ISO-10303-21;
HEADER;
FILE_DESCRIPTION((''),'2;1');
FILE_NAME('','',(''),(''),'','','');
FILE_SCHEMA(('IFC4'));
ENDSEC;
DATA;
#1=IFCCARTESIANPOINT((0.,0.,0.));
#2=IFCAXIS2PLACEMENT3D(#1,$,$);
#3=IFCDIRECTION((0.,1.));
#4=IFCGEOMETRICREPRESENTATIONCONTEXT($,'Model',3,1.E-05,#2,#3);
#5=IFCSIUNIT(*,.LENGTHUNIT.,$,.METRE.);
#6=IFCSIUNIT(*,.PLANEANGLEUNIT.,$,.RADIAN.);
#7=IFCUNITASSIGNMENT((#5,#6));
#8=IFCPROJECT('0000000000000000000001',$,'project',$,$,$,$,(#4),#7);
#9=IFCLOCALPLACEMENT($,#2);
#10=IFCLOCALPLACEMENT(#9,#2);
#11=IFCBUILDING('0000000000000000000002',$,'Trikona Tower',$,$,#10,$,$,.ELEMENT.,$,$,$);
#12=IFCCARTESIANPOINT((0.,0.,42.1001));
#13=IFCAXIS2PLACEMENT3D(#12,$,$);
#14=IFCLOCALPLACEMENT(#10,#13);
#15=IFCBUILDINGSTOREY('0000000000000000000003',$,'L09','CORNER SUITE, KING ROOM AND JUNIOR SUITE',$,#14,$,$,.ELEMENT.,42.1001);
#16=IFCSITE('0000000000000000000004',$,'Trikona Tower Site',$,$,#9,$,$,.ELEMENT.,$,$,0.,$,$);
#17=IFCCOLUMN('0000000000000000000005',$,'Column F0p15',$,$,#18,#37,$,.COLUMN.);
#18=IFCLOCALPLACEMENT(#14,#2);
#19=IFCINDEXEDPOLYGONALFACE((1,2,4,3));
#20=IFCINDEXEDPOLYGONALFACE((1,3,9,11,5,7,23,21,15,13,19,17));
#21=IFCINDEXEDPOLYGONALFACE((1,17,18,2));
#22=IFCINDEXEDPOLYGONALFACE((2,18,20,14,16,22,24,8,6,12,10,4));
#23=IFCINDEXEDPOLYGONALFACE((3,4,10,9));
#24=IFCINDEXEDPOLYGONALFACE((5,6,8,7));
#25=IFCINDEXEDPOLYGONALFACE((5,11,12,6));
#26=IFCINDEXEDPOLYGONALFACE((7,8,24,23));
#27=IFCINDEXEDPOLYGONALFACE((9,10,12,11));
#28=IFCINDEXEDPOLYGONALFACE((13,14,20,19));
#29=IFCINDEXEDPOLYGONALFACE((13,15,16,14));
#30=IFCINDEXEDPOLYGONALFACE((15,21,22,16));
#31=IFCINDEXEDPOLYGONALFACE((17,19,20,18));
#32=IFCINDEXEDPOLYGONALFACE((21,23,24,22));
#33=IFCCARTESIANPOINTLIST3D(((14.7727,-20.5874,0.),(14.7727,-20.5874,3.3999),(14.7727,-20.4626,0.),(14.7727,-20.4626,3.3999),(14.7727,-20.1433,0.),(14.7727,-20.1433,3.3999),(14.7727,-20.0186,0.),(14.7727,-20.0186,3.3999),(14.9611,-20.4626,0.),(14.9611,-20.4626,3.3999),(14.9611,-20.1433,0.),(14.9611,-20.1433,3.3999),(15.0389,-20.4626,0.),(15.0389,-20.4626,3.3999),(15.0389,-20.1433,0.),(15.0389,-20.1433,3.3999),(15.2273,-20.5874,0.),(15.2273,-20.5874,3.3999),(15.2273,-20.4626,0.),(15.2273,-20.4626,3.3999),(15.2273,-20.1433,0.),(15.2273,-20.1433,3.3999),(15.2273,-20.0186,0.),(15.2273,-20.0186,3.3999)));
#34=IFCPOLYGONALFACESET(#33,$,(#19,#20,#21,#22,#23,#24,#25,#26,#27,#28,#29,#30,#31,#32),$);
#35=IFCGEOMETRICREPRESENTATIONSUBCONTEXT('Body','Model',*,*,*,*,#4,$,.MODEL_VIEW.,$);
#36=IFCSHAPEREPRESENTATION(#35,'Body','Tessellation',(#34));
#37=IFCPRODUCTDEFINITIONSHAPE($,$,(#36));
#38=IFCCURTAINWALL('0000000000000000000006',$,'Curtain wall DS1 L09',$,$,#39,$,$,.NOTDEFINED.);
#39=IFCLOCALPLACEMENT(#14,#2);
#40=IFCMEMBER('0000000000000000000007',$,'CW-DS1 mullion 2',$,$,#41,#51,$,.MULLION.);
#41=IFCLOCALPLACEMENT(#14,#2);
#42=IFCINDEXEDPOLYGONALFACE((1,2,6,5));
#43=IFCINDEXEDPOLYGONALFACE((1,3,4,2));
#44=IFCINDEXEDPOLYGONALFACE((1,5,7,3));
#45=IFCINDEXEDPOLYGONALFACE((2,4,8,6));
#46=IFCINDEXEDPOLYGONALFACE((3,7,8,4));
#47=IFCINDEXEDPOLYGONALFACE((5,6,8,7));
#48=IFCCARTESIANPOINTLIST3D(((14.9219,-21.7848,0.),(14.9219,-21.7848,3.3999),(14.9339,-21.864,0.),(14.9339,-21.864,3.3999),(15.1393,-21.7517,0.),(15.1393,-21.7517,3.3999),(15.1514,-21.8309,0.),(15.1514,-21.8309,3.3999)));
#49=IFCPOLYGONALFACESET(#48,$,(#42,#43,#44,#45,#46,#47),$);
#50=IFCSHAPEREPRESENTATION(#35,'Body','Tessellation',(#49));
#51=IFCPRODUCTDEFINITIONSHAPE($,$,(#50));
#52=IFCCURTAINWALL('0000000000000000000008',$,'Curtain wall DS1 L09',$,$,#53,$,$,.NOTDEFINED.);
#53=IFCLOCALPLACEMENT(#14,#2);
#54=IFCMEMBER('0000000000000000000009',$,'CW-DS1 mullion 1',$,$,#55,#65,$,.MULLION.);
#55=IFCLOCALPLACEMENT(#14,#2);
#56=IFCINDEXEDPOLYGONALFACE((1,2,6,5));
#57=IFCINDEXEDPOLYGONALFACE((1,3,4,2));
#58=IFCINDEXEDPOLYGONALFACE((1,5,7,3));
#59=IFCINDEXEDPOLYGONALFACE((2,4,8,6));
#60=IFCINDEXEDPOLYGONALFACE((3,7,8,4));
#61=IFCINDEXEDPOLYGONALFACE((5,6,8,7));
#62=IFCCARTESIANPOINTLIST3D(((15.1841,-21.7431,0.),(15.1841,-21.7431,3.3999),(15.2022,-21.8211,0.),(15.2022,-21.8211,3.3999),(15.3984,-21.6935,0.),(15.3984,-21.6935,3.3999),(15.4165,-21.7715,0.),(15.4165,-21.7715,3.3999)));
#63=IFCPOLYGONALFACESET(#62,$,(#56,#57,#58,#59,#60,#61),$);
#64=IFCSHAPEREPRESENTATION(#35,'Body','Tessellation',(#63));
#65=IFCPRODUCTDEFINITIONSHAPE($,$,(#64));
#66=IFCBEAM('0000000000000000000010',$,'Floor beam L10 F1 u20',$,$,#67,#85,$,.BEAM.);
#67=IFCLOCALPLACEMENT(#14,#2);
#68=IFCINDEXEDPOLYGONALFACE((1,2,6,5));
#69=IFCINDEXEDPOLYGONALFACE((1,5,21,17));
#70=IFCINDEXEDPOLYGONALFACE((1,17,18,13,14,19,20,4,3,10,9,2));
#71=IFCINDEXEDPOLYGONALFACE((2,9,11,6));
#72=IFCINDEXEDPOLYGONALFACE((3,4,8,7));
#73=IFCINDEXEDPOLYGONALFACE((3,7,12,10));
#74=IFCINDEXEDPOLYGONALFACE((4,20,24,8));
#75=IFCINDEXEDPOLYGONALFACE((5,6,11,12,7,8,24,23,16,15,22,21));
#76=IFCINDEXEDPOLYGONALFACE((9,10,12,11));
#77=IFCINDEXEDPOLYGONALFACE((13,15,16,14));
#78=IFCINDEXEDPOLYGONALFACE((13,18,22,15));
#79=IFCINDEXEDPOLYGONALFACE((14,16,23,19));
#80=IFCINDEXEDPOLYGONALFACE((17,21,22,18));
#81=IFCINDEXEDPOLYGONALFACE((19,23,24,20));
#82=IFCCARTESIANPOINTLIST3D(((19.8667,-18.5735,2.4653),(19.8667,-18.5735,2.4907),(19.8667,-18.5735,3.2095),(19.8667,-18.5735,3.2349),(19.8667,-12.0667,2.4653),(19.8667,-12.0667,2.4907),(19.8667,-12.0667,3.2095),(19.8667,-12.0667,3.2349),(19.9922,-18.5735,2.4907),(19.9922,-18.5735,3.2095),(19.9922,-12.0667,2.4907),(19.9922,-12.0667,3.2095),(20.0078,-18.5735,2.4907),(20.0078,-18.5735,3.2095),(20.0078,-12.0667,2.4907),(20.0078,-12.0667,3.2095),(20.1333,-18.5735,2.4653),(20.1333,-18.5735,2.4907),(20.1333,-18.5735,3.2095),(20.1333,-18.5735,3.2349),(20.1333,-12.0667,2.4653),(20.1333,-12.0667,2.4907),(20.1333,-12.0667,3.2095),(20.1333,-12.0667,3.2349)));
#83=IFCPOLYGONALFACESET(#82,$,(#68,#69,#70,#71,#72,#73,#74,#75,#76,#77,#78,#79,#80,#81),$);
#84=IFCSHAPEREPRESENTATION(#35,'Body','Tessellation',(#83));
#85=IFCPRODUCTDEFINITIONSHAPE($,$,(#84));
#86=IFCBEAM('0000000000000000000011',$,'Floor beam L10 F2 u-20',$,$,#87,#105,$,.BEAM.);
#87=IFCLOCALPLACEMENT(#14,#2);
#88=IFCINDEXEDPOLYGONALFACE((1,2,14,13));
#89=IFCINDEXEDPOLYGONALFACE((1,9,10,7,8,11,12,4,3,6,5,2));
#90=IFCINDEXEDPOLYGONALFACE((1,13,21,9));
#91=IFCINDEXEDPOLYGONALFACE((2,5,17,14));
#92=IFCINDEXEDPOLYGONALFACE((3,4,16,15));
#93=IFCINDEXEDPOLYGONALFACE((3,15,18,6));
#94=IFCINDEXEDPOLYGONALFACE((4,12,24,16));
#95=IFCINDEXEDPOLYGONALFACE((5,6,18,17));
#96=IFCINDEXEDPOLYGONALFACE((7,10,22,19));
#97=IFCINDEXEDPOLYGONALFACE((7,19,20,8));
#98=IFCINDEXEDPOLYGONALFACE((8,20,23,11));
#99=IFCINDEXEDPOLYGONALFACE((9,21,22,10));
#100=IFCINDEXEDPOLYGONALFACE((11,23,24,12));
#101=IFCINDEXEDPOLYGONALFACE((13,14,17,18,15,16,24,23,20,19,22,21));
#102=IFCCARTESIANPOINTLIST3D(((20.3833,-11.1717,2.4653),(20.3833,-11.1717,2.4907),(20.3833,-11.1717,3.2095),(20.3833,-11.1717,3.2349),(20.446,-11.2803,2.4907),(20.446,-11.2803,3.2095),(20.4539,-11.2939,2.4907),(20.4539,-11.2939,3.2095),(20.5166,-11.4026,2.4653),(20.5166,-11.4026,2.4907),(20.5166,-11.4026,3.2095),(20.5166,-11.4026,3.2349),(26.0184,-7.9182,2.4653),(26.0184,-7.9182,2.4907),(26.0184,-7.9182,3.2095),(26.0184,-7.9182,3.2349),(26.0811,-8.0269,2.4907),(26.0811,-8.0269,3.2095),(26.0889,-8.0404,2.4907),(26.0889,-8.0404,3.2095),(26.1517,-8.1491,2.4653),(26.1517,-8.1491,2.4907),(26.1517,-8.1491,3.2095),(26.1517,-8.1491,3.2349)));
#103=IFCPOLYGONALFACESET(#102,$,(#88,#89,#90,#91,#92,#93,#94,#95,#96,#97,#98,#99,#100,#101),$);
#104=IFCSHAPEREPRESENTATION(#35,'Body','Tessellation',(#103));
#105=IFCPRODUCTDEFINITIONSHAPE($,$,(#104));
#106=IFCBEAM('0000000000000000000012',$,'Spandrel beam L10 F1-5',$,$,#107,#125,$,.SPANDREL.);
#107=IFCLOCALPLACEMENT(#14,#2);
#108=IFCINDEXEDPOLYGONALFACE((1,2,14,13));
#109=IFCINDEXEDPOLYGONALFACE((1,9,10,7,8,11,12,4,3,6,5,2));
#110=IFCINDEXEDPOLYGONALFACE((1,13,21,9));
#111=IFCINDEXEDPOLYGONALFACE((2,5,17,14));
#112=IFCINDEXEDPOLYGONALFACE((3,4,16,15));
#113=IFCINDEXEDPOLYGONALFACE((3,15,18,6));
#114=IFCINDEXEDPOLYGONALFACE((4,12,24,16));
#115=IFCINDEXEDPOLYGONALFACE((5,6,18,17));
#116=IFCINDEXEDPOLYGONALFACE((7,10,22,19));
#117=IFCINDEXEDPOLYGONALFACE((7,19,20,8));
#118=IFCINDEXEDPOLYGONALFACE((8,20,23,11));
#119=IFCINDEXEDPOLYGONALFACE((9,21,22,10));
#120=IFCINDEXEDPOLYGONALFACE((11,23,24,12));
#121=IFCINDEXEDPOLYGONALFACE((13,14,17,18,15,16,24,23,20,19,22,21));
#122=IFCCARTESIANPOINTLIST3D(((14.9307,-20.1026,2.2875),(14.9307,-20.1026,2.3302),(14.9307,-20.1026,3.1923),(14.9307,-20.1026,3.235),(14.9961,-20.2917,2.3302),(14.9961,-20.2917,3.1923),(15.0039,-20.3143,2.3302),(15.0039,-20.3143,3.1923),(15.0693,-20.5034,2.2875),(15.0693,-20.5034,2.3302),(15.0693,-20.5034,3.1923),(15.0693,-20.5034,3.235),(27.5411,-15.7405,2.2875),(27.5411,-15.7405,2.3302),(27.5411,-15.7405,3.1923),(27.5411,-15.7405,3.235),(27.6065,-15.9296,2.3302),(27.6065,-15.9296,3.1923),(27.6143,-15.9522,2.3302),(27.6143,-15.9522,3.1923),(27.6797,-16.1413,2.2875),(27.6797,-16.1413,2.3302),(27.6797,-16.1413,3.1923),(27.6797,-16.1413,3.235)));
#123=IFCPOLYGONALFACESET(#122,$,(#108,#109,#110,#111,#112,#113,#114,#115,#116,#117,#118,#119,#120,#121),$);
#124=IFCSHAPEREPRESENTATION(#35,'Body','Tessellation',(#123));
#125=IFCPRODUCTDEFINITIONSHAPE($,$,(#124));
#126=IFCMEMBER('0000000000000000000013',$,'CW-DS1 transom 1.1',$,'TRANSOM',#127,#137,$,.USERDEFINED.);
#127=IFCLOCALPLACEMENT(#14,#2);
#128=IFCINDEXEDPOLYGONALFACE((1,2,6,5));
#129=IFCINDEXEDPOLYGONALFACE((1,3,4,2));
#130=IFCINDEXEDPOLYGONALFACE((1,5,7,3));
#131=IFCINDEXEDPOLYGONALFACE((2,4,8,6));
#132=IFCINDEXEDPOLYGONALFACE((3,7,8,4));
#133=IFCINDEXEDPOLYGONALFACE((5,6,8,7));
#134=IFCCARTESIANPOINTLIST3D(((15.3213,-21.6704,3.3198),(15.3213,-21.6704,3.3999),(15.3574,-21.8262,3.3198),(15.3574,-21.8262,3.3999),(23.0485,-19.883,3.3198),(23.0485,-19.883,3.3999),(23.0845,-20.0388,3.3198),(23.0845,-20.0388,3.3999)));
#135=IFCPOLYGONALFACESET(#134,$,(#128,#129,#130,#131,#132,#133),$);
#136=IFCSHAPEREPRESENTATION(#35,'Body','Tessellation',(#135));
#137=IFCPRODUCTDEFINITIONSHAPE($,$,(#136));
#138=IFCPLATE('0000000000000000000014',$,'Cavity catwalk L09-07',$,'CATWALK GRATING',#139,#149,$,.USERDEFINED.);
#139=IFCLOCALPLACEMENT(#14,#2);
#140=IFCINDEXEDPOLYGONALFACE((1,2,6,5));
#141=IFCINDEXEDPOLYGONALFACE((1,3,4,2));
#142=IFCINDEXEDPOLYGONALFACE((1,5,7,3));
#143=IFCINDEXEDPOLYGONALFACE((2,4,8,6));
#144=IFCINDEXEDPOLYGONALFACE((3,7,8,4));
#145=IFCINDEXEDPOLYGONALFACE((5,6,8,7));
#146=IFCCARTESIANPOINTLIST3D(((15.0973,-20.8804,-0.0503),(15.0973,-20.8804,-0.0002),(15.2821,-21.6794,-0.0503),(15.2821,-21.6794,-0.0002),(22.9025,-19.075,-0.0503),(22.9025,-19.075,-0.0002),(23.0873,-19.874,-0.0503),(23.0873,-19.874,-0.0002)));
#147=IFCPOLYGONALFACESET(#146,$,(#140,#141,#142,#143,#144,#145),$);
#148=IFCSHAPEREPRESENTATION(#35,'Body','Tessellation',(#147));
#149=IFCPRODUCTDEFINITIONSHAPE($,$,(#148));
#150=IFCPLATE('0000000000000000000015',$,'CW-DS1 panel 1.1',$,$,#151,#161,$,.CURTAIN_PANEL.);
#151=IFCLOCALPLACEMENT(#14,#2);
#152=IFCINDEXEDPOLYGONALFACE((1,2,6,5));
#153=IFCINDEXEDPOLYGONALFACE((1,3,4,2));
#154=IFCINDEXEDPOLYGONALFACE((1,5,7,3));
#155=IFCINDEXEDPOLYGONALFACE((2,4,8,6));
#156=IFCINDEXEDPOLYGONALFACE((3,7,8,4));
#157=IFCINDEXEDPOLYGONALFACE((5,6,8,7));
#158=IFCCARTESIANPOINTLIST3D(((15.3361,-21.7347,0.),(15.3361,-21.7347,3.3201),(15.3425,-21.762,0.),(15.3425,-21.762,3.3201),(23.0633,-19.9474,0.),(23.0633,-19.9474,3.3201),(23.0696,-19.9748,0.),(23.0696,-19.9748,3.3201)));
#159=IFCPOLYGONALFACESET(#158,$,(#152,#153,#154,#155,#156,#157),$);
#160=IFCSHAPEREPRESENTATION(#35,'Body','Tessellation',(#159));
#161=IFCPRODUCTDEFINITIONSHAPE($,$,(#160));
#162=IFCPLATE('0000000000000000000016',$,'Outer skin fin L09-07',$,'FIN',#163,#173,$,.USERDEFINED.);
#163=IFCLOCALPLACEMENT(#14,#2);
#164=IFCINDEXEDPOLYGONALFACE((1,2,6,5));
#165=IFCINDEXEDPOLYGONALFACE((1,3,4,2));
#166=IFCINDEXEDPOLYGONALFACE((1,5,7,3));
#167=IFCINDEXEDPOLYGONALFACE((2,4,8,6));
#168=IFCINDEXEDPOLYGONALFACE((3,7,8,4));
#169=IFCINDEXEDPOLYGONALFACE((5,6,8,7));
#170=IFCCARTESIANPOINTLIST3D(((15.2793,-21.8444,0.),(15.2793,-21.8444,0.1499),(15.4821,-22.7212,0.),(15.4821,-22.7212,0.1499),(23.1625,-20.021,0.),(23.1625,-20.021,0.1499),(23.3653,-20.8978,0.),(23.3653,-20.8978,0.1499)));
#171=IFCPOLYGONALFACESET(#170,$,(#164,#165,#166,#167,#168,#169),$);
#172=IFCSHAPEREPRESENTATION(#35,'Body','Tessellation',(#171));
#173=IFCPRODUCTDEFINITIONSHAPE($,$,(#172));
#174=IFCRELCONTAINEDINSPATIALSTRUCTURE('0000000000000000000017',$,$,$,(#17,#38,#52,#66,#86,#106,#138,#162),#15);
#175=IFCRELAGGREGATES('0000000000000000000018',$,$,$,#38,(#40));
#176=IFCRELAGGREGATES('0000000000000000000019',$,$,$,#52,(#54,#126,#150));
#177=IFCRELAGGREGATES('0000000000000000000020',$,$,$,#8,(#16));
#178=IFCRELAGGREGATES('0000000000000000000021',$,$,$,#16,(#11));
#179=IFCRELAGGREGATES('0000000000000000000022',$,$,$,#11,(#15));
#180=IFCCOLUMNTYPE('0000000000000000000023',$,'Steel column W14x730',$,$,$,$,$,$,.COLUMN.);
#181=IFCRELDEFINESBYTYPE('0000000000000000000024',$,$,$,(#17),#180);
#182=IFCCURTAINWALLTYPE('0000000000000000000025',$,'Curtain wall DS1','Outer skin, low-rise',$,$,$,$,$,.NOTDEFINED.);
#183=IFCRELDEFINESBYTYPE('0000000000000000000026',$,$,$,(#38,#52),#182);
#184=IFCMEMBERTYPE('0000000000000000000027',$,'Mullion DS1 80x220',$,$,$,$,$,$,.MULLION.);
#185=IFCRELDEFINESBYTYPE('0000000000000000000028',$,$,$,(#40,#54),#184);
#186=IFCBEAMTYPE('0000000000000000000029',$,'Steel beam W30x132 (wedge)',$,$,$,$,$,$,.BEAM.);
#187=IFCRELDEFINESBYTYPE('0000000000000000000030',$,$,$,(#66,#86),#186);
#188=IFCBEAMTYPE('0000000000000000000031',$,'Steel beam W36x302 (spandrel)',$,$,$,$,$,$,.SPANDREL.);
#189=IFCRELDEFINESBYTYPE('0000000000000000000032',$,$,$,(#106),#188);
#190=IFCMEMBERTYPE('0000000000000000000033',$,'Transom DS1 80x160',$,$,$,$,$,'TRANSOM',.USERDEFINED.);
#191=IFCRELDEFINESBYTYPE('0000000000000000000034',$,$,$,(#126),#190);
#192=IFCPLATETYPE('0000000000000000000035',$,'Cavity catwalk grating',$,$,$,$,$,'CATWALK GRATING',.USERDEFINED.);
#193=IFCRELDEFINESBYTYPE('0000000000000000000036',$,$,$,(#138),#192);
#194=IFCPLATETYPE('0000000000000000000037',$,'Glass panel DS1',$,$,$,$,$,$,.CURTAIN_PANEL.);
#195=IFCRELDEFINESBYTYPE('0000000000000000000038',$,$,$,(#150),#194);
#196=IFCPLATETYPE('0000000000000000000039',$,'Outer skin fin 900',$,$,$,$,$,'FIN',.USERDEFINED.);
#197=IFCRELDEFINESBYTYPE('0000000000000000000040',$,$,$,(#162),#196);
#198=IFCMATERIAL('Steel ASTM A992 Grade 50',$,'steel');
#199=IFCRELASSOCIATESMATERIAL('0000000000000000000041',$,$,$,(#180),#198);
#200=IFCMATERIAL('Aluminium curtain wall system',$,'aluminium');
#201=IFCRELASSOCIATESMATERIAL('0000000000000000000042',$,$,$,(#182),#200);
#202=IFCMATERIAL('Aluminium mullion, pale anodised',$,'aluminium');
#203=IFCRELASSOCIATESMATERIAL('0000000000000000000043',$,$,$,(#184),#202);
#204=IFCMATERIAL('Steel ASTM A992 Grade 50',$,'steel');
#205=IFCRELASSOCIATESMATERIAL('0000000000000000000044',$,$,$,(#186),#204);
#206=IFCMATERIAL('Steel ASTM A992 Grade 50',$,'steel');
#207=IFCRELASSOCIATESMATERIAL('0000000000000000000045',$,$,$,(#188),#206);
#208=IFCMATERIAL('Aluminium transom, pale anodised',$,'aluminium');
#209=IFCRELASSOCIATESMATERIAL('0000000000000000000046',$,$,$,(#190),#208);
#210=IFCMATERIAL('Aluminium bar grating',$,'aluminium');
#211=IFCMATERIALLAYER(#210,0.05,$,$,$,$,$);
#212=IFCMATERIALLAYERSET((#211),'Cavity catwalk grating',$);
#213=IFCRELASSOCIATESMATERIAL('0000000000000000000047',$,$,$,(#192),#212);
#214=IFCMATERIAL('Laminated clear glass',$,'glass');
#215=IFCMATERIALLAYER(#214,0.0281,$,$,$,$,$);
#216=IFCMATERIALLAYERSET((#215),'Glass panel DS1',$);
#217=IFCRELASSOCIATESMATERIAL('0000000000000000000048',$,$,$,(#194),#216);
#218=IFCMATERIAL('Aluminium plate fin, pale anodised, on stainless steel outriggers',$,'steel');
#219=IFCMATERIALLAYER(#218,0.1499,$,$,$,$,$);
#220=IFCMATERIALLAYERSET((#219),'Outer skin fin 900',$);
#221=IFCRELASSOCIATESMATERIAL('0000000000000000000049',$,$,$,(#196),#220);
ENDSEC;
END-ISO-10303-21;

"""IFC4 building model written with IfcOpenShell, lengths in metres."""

from ifc_helpers import new_model, si_unit, direction, frame, origin, origin_2d, place, context, subcontext, project, spatial, rectangle, i_section, extrude, material, layer, layer_set, material_profile, profile_set, type_object, element, aggregate, save


model = new_model("IFC4")

# Units and contexts
model_context = context("Model", 3, precision=1e-05, world=origin(), true_north=direction((0.0, 1.0)))
body_context = subcontext(model_context, "Body", "Model", "MODEL_VIEW")
ifc_project = project(units=[si_unit("LENGTHUNIT", "METRE"), si_unit("PLANEANGLEUNIT", "RADIAN")], contexts=[model_context])

# Site, building, storey
site_placement = place(None, origin())
site = spatial("IfcSite", under=ifc_project, at=site_placement, Name="Trikona Tower Site", CompositionType="ELEMENT", RefElevation=0.0)
building_placement = place(site_placement, origin())
building = spatial("IfcBuilding", under=site, at=building_placement, Name="Trikona Tower", CompositionType="ELEMENT")
storey_placement = place(building_placement, frame((0.0, 0.0, 42.1001)))
storey = spatial("IfcBuildingStorey", under=building, at=storey_placement, Name="L09", Description="CORNER SUITE, KING ROOM AND JUNIOR SUITE", CompositionType="ELEMENT", Elevation=42.1001)

# Column
ifc_material_1 = material(Name="Steel ASTM A992 Grade 50", Category="steel")
ifc_material_profile_1 = material_profile(ifc_material_1, i_section(OverallWidth=0.4546, OverallDepth=0.5688, WebThickness=0.0779, FlangeThickness=0.1248, at=origin_2d()), Name="W14X730")
ifc_profile_set_1 = profile_set([ifc_material_profile_1], Name="Steel ASTM A992 Grade 50")
column_type = type_object("IfcColumnType", Name="Steel column W14x730", PredefinedType="COLUMN", material=ifc_profile_set_1)
column_placement = place(storey_placement, frame((15.0, -20.303, 0.0), z_axis=(0.0, 0.0, 1.0), x_axis=(1.0, 0.0, 0.0)))
element("IfcColumn", 1, at=column_placement, inside=storey, type_object=column_type, Name="Column F0p15", PredefinedType="COLUMN", context=body_context, shape_type="SweptSolid", body=[
    extrude(i_section(OverallWidth=0.4546, OverallDepth=0.5688, WebThickness=0.0779, FlangeThickness=0.1248, at=origin_2d()), origin(), (0.0, 0.0, 1.0), 3.3999),
])

# Curtain walls, members
ifc_material_2 = material(Name="Aluminium curtain wall system", Category="aluminium")
curtain_wall_type = type_object("IfcCurtainWallType", Name="Curtain wall DS1", Description="Outer skin, low-rise", PredefinedType="NOTDEFINED", material=ifc_material_2)
curtain_wall_1_placement = place(storey_placement, origin())
curtain_wall_1 = element("IfcCurtainWall", 2, at=curtain_wall_1_placement, inside=storey, type_object=curtain_wall_type, Name="Curtain wall DS1 L09", PredefinedType="NOTDEFINED")
ifc_material_3 = material(Name="Aluminium mullion, pale anodised", Category="aluminium")
ifc_material_profile_2 = material_profile(ifc_material_3, rectangle(XDim=0.0801, YDim=0.22, at=origin_2d()), Name="MUL-DS1")
ifc_profile_set_2 = profile_set([ifc_material_profile_2], Name="Aluminium mullion, pale anodised")
member_type_1 = type_object("IfcMemberType", Name="Mullion DS1 80x220", PredefinedType="MULLION", material=ifc_profile_set_2)
member_1_placement = place(storey_placement, frame((15.0366, -21.8079, 0.0), z_axis=(0.0, 0.0, 1.0), x_axis=(-0.150438, 0.988619, 0.0)))
member_1 = element("IfcMember", 3, at=member_1_placement, type_object=member_type_1, Name="CW-DS1 mullion 2", PredefinedType="MULLION", context=body_context, shape_type="SweptSolid", body=[
    extrude(rectangle(XDim=0.0801, YDim=0.22, at=origin_2d()), origin(), (0.0, 0.0, 1.0), 3.3999),
])
aggregate(curtain_wall_1, [member_1])
curtain_wall_2_placement = place(storey_placement, origin())
curtain_wall_2 = element("IfcCurtainWall", 4, at=curtain_wall_2_placement, inside=storey, type_object=curtain_wall_type, Name="Curtain wall DS1 L09", PredefinedType="NOTDEFINED")
member_2_placement = place(storey_placement, frame((15.3003, -21.7573, 0.0), z_axis=(0.0, 0.0, 1.0), x_axis=(-0.225343, 0.974279, 0.0)))
member_2 = element("IfcMember", 5, at=member_2_placement, type_object=member_type_1, Name="CW-DS1 mullion 1", PredefinedType="MULLION", context=body_context, shape_type="SweptSolid", body=[
    extrude(rectangle(XDim=0.0801, YDim=0.22, at=origin_2d()), origin(), (0.0, 0.0, 1.0), 3.3999),
])

# Beams
ifc_material_4 = material(Name="Steel ASTM A992 Grade 50", Category="steel")
ifc_material_profile_3 = material_profile(ifc_material_4, i_section(OverallWidth=0.2666, OverallDepth=0.7695, WebThickness=0.0156, FlangeThickness=0.0254, at=origin_2d()), Name="W30X132")
ifc_profile_set_3 = profile_set([ifc_material_profile_3], Name="Steel ASTM A992 Grade 50")
beam_type_1 = type_object("IfcBeamType", Name="Steel beam W30x132 (wedge)", PredefinedType="BEAM", material=ifc_profile_set_3)
for number, where, z_axis, x_axis, name in (
    (6, (20.0, -12.0667, 2.8501), (0.0, -1.0, 0.0), (1.0, 0.0, 0.0), "Floor beam L10 F1 u20"),
    (7, (20.45, -11.2871, 2.8501), (0.866023, 0.500005, 0.0), (-0.500005, 0.866023, 0.0), "Floor beam L10 F2 u-20"),
):
    element("IfcBeam", number, at=place(storey_placement, frame(where, z_axis=z_axis, x_axis=x_axis)), inside=storey, type_object=beam_type_1, Name=name, PredefinedType="BEAM", context=body_context, shape_type="SweptSolid", body=[
        extrude(i_section(OverallWidth=0.2666, OverallDepth=0.7695, WebThickness=0.0156, FlangeThickness=0.0254, at=origin_2d()), origin(), (0.0, 0.0, 1.0), 6.5068),
    ])
ifc_material_5 = material(Name="Steel ASTM A992 Grade 50", Category="steel")
ifc_material_profile_4 = material_profile(ifc_material_5, i_section(OverallWidth=0.4241, OverallDepth=0.9475, WebThickness=0.0239, FlangeThickness=0.0427, at=origin_2d()), Name="W36X302")
ifc_profile_set_4 = profile_set([ifc_material_profile_4], Name="Steel ASTM A992 Grade 50")
beam_type_2 = type_object("IfcBeamType", Name="Steel beam W36x302 (spandrel)", PredefinedType="SPANDREL", material=ifc_profile_set_4)
beam_placement = place(storey_placement, frame((15.0, -20.303, 2.7612), z_axis=(0.945057, 0.326906, 0.0), x_axis=(-0.326906, 0.945057, 0.0)))
element("IfcBeam", 8, at=beam_placement, inside=storey, type_object=beam_type_2, Name="Spandrel beam L10 F1-5", PredefinedType="SPANDREL", context=body_context, shape_type="SweptSolid", body=[
    extrude(i_section(OverallWidth=0.4241, OverallDepth=0.9475, WebThickness=0.0239, FlangeThickness=0.0427, at=origin_2d()), origin(), (0.0, 0.0, 1.0), 13.3435),
])

# Member
ifc_material_6 = material(Name="Aluminium transom, pale anodised", Category="aluminium")
ifc_material_profile_5 = material_profile(ifc_material_6, rectangle(XDim=0.1599, YDim=0.0801, at=origin_2d()), Name="TRN-DS1")
ifc_profile_set_5 = profile_set([ifc_material_profile_5], Name="Aluminium transom, pale anodised")
member_type_2 = type_object("IfcMemberType", Name="Transom DS1 80x160", ElementType="TRANSOM", PredefinedType="USERDEFINED", material=ifc_profile_set_5)
member_3_placement = place(storey_placement, frame((15.3394, -21.7483, 3.3599), z_axis=(0.974275, 0.225361, 0.0), x_axis=(-0.225361, 0.974275, 0.0)))
member_3 = element("IfcMember", 9, at=member_3_placement, type_object=member_type_2, Name="CW-DS1 transom 1.1", ObjectType="TRANSOM", PredefinedType="USERDEFINED", context=body_context, shape_type="SweptSolid", body=[
    extrude(rectangle(XDim=0.1599, YDim=0.0801, at=origin_2d()), origin(), (0.0, 0.0, 1.0), 7.9312),
])

# Plates
ifc_material_7 = material(Name="Aluminium bar grating", Category="aluminium")
ifc_layer_1 = layer(ifc_material_7, 0.05)
ifc_layer_set_1 = layer_set([ifc_layer_1], Name="Cavity catwalk grating")
plate_type_1 = type_object("IfcPlateType", Name="Cavity catwalk grating", ElementType="CATWALK GRATING", PredefinedType="USERDEFINED", material=ifc_layer_set_1)
plate_1_placement = place(storey_placement, frame((19.0923, -20.3772, -0.0503), z_axis=(0.0, 0.0, 1.0), x_axis=(0.974278, 0.225351, 0.0)))
element("IfcPlate", 10, at=plate_1_placement, inside=storey, type_object=plate_type_1, Name="Cavity catwalk L09-07", ObjectType="CATWALK GRATING", PredefinedType="USERDEFINED", context=body_context, shape_type="SweptSolid", body=[
    extrude(rectangle(XDim=8.0112, YDim=0.8201, at=origin_2d()), origin(), (0.0, 0.0, 1.0), 0.05),
])
ifc_material_8 = material(Name="Laminated clear glass", Category="glass")
ifc_layer_2 = layer(ifc_material_8, 0.0281)
ifc_layer_set_2 = layer_set([ifc_layer_2], Name="Glass panel DS1")
plate_type_2 = type_object("IfcPlateType", Name="Glass panel DS1", PredefinedType="CURTAIN_PANEL", material=ifc_layer_set_2)
plate_2_placement = place(storey_placement, frame((19.2029, -20.8547, 0.0), z_axis=(0.0, 0.0, 1.0), x_axis=(0.974279, 0.225343, 0.0)))
plate_2 = element("IfcPlate", 11, at=plate_2_placement, type_object=plate_type_2, Name="CW-DS1 panel 1.1", PredefinedType="CURTAIN_PANEL", context=body_context, shape_type="SweptSolid", body=[
    extrude(rectangle(XDim=7.9312, YDim=0.0281, at=origin_2d()), origin(), (0.0, 0.0, 1.0), 3.3201),
])
aggregate(curtain_wall_2, [member_2, member_3, plate_2])
ifc_material_9 = material(Name="Aluminium plate fin, pale anodised, on stainless steel outriggers", Category="steel")
ifc_layer_3 = layer(ifc_material_9, 0.1499)
ifc_layer_set_3 = layer_set([ifc_layer_3], Name="Outer skin fin 900")
plate_type_3 = type_object("IfcPlateType", Name="Outer skin fin 900", ElementType="FIN", PredefinedType="USERDEFINED", material=ifc_layer_set_3)
plate_3_placement = place(storey_placement, frame((19.3223, -21.3711, 0.0), z_axis=(0.0, 0.0, 1.0), x_axis=(0.974278, 0.225351, 0.0)))
element("IfcPlate", 12, at=plate_3_placement, inside=storey, type_object=plate_type_3, Name="Outer skin fin L09-07", ObjectType="FIN", PredefinedType="USERDEFINED", context=body_context, shape_type="SweptSolid", body=[
    extrude(rectangle(XDim=8.0913, YDim=0.8999, at=origin_2d()), origin(), (0.0, 0.0, 1.0), 0.1499),
])

save(model, "model.ifc")
